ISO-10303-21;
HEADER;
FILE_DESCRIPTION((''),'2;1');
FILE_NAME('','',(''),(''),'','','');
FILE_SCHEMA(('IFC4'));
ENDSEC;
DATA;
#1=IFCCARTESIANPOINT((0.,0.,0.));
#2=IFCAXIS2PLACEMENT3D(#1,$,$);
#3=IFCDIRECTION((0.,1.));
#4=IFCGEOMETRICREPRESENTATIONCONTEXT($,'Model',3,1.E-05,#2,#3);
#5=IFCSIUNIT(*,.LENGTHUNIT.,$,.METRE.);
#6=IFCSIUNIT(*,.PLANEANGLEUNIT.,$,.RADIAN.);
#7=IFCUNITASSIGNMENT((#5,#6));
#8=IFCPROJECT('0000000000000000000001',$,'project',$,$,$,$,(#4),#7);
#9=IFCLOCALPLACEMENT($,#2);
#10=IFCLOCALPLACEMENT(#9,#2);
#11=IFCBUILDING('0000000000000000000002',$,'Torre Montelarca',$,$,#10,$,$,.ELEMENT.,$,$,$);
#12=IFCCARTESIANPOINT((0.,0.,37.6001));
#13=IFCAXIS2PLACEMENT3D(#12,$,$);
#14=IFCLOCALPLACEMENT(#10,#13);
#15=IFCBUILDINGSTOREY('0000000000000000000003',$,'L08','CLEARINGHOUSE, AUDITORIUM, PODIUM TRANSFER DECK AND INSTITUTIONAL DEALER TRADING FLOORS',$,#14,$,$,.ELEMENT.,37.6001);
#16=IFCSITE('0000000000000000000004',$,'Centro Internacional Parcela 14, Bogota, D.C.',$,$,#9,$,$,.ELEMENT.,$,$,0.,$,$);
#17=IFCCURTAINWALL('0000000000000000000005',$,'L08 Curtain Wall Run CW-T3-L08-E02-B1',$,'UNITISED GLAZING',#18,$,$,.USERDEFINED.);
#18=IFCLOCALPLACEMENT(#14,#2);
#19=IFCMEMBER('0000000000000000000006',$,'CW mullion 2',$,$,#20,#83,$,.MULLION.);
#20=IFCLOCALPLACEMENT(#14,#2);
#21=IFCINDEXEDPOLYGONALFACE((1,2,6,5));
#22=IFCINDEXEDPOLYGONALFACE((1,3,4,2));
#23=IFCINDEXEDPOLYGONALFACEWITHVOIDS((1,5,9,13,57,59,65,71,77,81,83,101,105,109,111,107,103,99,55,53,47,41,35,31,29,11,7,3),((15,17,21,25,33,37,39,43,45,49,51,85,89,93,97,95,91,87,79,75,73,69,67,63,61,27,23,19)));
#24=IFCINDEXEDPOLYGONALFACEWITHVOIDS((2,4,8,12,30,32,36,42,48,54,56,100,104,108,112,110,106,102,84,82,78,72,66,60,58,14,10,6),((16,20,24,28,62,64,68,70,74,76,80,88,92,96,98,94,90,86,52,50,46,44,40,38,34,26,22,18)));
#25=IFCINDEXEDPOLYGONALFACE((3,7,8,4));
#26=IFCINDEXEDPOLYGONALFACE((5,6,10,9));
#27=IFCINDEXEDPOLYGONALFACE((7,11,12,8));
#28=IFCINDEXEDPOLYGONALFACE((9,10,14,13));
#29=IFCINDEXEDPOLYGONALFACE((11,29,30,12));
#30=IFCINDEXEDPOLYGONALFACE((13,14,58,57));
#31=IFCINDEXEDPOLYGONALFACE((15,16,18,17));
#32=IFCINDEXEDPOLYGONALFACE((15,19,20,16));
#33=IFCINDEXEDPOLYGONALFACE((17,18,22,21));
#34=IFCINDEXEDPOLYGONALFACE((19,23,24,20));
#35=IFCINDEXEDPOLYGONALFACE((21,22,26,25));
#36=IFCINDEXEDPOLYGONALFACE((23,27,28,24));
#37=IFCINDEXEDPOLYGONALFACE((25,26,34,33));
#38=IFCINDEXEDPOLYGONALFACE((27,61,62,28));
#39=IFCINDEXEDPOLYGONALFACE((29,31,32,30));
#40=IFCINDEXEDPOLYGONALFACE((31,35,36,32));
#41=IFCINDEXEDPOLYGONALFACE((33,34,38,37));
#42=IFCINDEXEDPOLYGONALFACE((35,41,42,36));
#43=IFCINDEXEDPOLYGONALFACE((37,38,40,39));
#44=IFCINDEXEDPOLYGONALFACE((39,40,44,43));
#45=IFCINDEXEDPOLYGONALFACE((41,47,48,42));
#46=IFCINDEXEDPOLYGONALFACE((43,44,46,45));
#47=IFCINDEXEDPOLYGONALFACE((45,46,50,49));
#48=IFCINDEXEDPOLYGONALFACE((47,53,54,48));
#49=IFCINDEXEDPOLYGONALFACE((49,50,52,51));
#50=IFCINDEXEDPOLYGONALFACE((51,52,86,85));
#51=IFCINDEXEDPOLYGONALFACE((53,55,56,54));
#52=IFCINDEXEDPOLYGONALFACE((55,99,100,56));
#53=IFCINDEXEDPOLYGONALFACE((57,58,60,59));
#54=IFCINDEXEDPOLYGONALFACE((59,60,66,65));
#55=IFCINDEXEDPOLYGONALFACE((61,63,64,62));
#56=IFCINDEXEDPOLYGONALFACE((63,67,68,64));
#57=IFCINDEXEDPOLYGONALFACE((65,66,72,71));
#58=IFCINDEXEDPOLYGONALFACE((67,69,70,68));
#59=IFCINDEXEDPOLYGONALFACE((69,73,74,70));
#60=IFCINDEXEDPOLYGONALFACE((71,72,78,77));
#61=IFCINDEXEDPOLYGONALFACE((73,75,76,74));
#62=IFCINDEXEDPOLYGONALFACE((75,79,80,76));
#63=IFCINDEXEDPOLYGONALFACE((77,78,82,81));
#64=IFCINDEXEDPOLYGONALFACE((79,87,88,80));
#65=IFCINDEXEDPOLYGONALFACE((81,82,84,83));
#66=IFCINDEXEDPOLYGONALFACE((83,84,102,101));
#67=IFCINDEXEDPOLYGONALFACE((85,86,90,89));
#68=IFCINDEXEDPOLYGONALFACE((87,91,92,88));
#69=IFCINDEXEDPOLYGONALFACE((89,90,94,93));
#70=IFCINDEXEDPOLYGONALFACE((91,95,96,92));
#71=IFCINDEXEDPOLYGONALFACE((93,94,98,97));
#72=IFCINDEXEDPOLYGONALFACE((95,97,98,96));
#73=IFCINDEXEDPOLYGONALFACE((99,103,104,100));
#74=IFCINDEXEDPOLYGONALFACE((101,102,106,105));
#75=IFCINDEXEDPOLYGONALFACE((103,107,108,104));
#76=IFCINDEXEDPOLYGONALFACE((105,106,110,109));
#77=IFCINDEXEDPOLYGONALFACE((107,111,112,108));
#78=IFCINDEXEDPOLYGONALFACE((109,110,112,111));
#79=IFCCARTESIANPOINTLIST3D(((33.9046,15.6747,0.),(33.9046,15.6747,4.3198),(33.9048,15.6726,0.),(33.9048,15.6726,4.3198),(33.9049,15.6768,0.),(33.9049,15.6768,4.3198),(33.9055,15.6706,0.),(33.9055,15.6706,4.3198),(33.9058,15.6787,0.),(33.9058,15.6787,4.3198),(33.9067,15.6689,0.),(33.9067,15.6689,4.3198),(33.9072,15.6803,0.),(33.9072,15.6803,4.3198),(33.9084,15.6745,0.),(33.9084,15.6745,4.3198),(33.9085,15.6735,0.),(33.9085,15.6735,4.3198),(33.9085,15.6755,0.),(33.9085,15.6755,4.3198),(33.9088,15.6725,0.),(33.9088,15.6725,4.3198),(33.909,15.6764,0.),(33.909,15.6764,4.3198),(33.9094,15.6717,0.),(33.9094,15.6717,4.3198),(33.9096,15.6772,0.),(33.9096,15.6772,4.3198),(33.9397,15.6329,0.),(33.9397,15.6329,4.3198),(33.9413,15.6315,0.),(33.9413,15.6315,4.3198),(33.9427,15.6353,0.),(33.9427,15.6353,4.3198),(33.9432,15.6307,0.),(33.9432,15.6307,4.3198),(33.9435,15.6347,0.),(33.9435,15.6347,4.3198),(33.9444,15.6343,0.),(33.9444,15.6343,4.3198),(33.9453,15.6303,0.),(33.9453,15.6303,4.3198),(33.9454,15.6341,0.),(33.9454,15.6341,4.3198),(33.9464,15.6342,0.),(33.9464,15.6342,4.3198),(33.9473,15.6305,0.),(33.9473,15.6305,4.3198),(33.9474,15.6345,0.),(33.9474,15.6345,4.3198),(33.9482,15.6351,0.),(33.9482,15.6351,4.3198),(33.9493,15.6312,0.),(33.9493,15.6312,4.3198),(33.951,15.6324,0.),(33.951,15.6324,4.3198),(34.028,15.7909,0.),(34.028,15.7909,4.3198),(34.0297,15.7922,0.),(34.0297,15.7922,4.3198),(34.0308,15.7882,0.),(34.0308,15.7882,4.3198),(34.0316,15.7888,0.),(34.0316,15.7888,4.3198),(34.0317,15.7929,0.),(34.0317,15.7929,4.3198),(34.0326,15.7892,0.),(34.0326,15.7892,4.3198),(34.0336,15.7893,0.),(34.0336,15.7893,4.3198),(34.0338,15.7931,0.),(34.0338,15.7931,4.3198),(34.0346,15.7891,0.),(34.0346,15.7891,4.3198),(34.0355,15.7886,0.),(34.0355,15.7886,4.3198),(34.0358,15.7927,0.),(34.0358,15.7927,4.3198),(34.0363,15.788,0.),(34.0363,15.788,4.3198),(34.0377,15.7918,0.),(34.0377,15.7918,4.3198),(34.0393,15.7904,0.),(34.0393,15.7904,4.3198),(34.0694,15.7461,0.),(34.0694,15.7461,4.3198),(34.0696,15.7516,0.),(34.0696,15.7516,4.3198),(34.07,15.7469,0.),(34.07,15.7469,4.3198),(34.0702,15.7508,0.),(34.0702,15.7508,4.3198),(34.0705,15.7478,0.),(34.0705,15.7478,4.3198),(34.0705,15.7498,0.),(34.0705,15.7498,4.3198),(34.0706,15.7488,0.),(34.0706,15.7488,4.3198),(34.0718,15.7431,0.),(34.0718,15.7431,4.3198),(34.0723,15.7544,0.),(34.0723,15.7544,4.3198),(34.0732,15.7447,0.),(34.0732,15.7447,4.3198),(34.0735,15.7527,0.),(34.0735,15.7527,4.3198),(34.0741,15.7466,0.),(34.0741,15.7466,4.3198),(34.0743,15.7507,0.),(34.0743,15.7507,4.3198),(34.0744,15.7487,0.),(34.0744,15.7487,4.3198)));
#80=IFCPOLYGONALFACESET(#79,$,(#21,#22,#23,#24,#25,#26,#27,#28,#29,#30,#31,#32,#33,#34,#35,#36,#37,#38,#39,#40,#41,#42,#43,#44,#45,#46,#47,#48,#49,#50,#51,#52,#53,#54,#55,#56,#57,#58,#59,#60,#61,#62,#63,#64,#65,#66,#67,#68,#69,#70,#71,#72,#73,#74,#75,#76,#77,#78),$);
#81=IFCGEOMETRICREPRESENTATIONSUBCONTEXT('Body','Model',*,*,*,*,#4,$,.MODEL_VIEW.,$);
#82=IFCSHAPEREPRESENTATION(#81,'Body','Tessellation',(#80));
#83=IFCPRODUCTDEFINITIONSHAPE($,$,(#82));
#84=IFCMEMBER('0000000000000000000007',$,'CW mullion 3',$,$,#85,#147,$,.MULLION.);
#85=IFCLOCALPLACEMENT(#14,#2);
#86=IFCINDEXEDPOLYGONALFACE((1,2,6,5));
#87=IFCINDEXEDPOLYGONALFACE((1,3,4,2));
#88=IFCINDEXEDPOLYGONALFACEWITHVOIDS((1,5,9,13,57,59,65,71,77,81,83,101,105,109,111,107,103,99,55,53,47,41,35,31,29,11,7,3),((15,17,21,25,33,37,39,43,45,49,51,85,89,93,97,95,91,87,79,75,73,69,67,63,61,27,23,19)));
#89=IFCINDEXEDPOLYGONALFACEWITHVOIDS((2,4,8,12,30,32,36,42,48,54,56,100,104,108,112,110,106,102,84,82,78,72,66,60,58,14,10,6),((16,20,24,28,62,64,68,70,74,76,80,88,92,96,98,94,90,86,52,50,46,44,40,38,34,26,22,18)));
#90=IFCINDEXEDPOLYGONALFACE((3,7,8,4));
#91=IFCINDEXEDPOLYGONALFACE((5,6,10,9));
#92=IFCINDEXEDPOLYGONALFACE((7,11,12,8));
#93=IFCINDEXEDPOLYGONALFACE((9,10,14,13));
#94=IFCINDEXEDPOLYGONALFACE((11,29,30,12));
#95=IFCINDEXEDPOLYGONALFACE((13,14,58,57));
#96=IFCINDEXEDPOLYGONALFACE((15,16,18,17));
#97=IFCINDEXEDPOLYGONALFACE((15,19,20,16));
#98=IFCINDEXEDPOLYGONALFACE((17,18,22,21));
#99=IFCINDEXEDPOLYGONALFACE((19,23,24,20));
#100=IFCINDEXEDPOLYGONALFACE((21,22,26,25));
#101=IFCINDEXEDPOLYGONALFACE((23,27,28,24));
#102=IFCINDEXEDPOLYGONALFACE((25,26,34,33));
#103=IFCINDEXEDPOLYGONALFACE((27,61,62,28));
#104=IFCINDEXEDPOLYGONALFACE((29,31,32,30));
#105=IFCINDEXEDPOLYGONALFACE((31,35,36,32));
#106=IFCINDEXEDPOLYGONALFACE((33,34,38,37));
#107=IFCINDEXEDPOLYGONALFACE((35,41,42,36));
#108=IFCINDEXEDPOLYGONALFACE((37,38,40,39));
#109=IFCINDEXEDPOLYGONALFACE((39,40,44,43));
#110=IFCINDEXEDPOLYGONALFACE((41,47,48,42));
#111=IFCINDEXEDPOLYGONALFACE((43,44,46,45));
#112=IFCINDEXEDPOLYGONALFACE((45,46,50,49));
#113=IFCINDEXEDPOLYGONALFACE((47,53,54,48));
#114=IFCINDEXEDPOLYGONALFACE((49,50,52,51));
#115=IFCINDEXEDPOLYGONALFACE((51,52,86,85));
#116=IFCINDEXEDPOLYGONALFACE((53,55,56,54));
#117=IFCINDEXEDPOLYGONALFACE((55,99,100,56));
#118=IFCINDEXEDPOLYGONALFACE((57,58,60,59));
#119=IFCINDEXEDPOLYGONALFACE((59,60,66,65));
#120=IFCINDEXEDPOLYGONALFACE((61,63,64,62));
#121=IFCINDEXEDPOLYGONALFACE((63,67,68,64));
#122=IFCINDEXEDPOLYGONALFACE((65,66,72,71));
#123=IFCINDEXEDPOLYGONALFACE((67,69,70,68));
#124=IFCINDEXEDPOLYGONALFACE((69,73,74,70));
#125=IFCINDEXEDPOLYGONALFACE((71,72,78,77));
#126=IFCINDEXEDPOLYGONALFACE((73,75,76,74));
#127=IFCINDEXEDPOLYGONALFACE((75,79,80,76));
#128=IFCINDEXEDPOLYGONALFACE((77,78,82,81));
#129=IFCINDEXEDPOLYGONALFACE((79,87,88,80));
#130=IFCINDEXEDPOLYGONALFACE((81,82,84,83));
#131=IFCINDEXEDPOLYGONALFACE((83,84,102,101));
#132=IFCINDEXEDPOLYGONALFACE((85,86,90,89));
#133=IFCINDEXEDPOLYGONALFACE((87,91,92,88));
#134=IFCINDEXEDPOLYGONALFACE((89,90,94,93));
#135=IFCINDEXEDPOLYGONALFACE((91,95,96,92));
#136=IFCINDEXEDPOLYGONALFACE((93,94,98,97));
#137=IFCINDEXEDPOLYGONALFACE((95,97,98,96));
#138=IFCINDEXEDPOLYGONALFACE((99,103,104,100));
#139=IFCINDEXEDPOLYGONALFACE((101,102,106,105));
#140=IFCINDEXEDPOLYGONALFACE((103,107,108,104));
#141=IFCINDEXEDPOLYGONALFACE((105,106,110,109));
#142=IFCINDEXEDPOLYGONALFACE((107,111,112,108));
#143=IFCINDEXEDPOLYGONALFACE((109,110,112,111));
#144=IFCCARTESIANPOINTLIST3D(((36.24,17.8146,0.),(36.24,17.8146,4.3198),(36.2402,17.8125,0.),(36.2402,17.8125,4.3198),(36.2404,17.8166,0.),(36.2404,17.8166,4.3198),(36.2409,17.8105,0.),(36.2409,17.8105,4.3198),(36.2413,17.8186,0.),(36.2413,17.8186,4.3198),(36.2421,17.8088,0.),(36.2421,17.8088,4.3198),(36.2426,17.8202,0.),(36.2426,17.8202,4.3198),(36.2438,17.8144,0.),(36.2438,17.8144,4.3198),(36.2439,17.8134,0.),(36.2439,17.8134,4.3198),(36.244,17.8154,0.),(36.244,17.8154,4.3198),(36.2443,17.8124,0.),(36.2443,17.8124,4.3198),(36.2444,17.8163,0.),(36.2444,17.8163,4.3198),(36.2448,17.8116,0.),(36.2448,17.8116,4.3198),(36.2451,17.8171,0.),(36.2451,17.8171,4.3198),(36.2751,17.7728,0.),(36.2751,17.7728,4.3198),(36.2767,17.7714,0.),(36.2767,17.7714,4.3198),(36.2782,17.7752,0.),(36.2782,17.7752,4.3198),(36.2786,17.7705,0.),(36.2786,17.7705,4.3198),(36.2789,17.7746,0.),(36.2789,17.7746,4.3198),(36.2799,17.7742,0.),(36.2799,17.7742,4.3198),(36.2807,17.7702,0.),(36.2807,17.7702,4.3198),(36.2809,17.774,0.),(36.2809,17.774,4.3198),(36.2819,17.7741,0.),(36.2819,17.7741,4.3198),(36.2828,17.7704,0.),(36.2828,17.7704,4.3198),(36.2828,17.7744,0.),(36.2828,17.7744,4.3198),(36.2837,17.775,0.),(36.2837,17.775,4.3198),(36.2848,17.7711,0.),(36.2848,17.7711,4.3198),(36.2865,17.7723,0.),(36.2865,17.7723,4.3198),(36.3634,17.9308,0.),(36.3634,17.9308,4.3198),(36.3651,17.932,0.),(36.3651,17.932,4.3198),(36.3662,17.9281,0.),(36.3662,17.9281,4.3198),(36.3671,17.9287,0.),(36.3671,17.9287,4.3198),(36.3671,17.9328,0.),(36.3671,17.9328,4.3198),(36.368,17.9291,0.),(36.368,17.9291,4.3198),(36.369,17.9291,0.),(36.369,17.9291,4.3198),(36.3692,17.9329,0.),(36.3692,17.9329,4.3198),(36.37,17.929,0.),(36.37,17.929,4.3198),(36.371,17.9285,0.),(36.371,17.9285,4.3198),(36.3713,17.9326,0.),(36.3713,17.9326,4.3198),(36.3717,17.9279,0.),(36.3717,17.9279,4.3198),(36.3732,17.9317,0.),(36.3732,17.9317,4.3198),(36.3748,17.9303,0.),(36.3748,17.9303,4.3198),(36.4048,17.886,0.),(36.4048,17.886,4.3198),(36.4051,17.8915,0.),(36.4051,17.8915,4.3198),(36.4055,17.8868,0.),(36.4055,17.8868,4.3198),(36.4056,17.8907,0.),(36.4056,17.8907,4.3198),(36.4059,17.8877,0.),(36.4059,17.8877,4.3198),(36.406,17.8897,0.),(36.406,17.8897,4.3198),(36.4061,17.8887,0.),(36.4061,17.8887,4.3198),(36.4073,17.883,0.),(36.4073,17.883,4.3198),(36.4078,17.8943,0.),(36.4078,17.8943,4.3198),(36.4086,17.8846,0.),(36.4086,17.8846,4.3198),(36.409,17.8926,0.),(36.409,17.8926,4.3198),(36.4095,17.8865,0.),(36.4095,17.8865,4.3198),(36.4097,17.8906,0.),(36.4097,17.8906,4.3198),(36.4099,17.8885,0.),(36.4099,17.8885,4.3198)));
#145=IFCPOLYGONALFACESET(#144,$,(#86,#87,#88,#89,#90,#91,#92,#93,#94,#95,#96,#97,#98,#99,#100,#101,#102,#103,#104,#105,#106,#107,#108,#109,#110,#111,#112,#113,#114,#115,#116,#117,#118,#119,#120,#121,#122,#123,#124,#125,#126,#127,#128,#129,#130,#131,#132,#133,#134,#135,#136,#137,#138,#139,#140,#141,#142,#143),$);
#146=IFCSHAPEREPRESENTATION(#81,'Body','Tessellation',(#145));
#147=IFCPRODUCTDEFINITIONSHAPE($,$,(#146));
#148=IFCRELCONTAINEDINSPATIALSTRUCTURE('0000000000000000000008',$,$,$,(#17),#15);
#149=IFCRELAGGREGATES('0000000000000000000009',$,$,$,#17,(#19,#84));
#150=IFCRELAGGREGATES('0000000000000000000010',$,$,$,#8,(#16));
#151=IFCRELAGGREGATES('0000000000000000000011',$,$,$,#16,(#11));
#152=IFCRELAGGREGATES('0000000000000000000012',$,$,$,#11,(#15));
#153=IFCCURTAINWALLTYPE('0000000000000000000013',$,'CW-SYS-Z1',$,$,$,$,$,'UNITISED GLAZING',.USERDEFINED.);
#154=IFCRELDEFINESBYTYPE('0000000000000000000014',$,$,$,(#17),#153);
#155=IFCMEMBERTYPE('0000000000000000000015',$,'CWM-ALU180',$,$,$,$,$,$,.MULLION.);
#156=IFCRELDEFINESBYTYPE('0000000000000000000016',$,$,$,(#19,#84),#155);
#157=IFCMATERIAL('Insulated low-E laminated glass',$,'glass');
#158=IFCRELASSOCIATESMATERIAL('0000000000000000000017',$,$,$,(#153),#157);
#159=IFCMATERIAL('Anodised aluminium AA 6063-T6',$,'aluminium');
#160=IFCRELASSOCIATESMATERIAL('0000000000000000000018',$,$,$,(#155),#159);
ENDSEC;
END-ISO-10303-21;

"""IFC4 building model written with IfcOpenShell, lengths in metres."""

from ifc_helpers import new_model, si_unit, direction, frame, origin, origin_2d, place, context, subcontext, project, spatial, hollow_rectangle, extrude, source, transform, mapped, material, material_profile, profile_set, type_object, element, aggregate, save


model = new_model("IFC4")

# Units and contexts
model_context = context("Model", 3, precision=1e-05, world=origin(), true_north=direction((0.0, 1.0)))
body_context = subcontext(model_context, "Body", "Model", "MODEL_VIEW")
ifc_project = project(units=[si_unit("LENGTHUNIT", "METRE"), si_unit("PLANEANGLEUNIT", "RADIAN")], contexts=[model_context])

# Site, building, storey
site_placement = place(None, origin())
site = spatial("IfcSite", under=ifc_project, at=site_placement, Name="Centro Internacional Parcela 14, Bogota, D.C.", CompositionType="ELEMENT", RefElevation=0.0)
building_placement = place(site_placement, origin())
building = spatial("IfcBuilding", under=site, at=building_placement, Name="Torre Montelarca", CompositionType="ELEMENT")
storey_placement = place(building_placement, frame((0.0, 0.0, 37.6001)))
storey = spatial("IfcBuildingStorey", under=building, at=storey_placement, Name="L08", Description="CLEARINGHOUSE, AUDITORIUM, PODIUM TRANSFER DECK AND INSTITUTIONAL DEALER TRADING FLOORS", CompositionType="ELEMENT", Elevation=37.6001)

# Curtain wall
ifc_material_1 = material(Name="Insulated low-E laminated glass", Category="glass")
curtain_wall_type = type_object("IfcCurtainWallType", Name="CW-SYS-Z1", ElementType="UNITISED GLAZING", PredefinedType="USERDEFINED", material=ifc_material_1)
ifc_material_2 = material(Name="Anodised aluminium AA 6063-T6", Category="aluminium")
curtain_wall_1_placement = place(storey_placement, origin())
curtain_wall_1 = element("IfcCurtainWall", 1, at=curtain_wall_1_placement, inside=storey, type_object=curtain_wall_type, Name="L08 Curtain Wall Run CW-T3-L08-E02-B1", ObjectType="UNITISED GLAZING", PredefinedType="USERDEFINED")
ifc_material_profile_1 = material_profile(ifc_material_2, hollow_rectangle(XDim=0.0649, YDim=0.1799, WallThickness=0.0039, InnerFilletRadius=0.0039, OuterFilletRadius=0.0081, at=origin_2d()), Name="ALU65X180X4", Category="aluminium")
ifc_profile_set_1 = profile_set([ifc_material_profile_1], Name="Anodised aluminium AA 6063-T6")
member_type_1 = type_object("IfcMemberType", Name="CWM-ALU180", PredefinedType="MULLION", material=ifc_profile_set_1)
shared_shape_1 = source(origin(), body_context, "Body", "SweptSolid", [
    extrude(hollow_rectangle(XDim=0.0649, YDim=0.1799, WallThickness=0.0039, InnerFilletRadius=0.0039, OuterFilletRadius=0.0081, at=origin_2d()), origin(), (0.0, 0.0, 1.0), 4.3198),
])

# Members
member_1_placement = place(storey_placement, frame((33.9895, 15.7117, 0.0), z_axis=(0.0, 0.0, 1.0), x_axis=(-0.675575, 0.737292, 0.0)))
member_1 = element("IfcMember", 2, at=member_1_placement, type_object=member_type_1, Name="CW mullion 2", PredefinedType="MULLION", context=body_context, shape_type="MappedRepresentation", body=[
    mapped(shared_shape_1, transform((0.0, 0.0, 0.0), scale=1.0)),
])
member_2_placement = place(storey_placement, frame((36.325, 17.8516, 0.0), z_axis=(0.0, 0.0, 1.0), x_axis=(-0.675575, 0.737292, 0.0)))
member_2 = element("IfcMember", 3, at=member_2_placement, type_object=member_type_1, Name="CW mullion 3", PredefinedType="MULLION", context=body_context, shape_type="MappedRepresentation", body=[
    mapped(shared_shape_1, transform((0.0, 0.0, 0.0), scale=1.0)),
])

aggregate(curtain_wall_1, [member_1, member_2])

save(model, "model.ifc")
